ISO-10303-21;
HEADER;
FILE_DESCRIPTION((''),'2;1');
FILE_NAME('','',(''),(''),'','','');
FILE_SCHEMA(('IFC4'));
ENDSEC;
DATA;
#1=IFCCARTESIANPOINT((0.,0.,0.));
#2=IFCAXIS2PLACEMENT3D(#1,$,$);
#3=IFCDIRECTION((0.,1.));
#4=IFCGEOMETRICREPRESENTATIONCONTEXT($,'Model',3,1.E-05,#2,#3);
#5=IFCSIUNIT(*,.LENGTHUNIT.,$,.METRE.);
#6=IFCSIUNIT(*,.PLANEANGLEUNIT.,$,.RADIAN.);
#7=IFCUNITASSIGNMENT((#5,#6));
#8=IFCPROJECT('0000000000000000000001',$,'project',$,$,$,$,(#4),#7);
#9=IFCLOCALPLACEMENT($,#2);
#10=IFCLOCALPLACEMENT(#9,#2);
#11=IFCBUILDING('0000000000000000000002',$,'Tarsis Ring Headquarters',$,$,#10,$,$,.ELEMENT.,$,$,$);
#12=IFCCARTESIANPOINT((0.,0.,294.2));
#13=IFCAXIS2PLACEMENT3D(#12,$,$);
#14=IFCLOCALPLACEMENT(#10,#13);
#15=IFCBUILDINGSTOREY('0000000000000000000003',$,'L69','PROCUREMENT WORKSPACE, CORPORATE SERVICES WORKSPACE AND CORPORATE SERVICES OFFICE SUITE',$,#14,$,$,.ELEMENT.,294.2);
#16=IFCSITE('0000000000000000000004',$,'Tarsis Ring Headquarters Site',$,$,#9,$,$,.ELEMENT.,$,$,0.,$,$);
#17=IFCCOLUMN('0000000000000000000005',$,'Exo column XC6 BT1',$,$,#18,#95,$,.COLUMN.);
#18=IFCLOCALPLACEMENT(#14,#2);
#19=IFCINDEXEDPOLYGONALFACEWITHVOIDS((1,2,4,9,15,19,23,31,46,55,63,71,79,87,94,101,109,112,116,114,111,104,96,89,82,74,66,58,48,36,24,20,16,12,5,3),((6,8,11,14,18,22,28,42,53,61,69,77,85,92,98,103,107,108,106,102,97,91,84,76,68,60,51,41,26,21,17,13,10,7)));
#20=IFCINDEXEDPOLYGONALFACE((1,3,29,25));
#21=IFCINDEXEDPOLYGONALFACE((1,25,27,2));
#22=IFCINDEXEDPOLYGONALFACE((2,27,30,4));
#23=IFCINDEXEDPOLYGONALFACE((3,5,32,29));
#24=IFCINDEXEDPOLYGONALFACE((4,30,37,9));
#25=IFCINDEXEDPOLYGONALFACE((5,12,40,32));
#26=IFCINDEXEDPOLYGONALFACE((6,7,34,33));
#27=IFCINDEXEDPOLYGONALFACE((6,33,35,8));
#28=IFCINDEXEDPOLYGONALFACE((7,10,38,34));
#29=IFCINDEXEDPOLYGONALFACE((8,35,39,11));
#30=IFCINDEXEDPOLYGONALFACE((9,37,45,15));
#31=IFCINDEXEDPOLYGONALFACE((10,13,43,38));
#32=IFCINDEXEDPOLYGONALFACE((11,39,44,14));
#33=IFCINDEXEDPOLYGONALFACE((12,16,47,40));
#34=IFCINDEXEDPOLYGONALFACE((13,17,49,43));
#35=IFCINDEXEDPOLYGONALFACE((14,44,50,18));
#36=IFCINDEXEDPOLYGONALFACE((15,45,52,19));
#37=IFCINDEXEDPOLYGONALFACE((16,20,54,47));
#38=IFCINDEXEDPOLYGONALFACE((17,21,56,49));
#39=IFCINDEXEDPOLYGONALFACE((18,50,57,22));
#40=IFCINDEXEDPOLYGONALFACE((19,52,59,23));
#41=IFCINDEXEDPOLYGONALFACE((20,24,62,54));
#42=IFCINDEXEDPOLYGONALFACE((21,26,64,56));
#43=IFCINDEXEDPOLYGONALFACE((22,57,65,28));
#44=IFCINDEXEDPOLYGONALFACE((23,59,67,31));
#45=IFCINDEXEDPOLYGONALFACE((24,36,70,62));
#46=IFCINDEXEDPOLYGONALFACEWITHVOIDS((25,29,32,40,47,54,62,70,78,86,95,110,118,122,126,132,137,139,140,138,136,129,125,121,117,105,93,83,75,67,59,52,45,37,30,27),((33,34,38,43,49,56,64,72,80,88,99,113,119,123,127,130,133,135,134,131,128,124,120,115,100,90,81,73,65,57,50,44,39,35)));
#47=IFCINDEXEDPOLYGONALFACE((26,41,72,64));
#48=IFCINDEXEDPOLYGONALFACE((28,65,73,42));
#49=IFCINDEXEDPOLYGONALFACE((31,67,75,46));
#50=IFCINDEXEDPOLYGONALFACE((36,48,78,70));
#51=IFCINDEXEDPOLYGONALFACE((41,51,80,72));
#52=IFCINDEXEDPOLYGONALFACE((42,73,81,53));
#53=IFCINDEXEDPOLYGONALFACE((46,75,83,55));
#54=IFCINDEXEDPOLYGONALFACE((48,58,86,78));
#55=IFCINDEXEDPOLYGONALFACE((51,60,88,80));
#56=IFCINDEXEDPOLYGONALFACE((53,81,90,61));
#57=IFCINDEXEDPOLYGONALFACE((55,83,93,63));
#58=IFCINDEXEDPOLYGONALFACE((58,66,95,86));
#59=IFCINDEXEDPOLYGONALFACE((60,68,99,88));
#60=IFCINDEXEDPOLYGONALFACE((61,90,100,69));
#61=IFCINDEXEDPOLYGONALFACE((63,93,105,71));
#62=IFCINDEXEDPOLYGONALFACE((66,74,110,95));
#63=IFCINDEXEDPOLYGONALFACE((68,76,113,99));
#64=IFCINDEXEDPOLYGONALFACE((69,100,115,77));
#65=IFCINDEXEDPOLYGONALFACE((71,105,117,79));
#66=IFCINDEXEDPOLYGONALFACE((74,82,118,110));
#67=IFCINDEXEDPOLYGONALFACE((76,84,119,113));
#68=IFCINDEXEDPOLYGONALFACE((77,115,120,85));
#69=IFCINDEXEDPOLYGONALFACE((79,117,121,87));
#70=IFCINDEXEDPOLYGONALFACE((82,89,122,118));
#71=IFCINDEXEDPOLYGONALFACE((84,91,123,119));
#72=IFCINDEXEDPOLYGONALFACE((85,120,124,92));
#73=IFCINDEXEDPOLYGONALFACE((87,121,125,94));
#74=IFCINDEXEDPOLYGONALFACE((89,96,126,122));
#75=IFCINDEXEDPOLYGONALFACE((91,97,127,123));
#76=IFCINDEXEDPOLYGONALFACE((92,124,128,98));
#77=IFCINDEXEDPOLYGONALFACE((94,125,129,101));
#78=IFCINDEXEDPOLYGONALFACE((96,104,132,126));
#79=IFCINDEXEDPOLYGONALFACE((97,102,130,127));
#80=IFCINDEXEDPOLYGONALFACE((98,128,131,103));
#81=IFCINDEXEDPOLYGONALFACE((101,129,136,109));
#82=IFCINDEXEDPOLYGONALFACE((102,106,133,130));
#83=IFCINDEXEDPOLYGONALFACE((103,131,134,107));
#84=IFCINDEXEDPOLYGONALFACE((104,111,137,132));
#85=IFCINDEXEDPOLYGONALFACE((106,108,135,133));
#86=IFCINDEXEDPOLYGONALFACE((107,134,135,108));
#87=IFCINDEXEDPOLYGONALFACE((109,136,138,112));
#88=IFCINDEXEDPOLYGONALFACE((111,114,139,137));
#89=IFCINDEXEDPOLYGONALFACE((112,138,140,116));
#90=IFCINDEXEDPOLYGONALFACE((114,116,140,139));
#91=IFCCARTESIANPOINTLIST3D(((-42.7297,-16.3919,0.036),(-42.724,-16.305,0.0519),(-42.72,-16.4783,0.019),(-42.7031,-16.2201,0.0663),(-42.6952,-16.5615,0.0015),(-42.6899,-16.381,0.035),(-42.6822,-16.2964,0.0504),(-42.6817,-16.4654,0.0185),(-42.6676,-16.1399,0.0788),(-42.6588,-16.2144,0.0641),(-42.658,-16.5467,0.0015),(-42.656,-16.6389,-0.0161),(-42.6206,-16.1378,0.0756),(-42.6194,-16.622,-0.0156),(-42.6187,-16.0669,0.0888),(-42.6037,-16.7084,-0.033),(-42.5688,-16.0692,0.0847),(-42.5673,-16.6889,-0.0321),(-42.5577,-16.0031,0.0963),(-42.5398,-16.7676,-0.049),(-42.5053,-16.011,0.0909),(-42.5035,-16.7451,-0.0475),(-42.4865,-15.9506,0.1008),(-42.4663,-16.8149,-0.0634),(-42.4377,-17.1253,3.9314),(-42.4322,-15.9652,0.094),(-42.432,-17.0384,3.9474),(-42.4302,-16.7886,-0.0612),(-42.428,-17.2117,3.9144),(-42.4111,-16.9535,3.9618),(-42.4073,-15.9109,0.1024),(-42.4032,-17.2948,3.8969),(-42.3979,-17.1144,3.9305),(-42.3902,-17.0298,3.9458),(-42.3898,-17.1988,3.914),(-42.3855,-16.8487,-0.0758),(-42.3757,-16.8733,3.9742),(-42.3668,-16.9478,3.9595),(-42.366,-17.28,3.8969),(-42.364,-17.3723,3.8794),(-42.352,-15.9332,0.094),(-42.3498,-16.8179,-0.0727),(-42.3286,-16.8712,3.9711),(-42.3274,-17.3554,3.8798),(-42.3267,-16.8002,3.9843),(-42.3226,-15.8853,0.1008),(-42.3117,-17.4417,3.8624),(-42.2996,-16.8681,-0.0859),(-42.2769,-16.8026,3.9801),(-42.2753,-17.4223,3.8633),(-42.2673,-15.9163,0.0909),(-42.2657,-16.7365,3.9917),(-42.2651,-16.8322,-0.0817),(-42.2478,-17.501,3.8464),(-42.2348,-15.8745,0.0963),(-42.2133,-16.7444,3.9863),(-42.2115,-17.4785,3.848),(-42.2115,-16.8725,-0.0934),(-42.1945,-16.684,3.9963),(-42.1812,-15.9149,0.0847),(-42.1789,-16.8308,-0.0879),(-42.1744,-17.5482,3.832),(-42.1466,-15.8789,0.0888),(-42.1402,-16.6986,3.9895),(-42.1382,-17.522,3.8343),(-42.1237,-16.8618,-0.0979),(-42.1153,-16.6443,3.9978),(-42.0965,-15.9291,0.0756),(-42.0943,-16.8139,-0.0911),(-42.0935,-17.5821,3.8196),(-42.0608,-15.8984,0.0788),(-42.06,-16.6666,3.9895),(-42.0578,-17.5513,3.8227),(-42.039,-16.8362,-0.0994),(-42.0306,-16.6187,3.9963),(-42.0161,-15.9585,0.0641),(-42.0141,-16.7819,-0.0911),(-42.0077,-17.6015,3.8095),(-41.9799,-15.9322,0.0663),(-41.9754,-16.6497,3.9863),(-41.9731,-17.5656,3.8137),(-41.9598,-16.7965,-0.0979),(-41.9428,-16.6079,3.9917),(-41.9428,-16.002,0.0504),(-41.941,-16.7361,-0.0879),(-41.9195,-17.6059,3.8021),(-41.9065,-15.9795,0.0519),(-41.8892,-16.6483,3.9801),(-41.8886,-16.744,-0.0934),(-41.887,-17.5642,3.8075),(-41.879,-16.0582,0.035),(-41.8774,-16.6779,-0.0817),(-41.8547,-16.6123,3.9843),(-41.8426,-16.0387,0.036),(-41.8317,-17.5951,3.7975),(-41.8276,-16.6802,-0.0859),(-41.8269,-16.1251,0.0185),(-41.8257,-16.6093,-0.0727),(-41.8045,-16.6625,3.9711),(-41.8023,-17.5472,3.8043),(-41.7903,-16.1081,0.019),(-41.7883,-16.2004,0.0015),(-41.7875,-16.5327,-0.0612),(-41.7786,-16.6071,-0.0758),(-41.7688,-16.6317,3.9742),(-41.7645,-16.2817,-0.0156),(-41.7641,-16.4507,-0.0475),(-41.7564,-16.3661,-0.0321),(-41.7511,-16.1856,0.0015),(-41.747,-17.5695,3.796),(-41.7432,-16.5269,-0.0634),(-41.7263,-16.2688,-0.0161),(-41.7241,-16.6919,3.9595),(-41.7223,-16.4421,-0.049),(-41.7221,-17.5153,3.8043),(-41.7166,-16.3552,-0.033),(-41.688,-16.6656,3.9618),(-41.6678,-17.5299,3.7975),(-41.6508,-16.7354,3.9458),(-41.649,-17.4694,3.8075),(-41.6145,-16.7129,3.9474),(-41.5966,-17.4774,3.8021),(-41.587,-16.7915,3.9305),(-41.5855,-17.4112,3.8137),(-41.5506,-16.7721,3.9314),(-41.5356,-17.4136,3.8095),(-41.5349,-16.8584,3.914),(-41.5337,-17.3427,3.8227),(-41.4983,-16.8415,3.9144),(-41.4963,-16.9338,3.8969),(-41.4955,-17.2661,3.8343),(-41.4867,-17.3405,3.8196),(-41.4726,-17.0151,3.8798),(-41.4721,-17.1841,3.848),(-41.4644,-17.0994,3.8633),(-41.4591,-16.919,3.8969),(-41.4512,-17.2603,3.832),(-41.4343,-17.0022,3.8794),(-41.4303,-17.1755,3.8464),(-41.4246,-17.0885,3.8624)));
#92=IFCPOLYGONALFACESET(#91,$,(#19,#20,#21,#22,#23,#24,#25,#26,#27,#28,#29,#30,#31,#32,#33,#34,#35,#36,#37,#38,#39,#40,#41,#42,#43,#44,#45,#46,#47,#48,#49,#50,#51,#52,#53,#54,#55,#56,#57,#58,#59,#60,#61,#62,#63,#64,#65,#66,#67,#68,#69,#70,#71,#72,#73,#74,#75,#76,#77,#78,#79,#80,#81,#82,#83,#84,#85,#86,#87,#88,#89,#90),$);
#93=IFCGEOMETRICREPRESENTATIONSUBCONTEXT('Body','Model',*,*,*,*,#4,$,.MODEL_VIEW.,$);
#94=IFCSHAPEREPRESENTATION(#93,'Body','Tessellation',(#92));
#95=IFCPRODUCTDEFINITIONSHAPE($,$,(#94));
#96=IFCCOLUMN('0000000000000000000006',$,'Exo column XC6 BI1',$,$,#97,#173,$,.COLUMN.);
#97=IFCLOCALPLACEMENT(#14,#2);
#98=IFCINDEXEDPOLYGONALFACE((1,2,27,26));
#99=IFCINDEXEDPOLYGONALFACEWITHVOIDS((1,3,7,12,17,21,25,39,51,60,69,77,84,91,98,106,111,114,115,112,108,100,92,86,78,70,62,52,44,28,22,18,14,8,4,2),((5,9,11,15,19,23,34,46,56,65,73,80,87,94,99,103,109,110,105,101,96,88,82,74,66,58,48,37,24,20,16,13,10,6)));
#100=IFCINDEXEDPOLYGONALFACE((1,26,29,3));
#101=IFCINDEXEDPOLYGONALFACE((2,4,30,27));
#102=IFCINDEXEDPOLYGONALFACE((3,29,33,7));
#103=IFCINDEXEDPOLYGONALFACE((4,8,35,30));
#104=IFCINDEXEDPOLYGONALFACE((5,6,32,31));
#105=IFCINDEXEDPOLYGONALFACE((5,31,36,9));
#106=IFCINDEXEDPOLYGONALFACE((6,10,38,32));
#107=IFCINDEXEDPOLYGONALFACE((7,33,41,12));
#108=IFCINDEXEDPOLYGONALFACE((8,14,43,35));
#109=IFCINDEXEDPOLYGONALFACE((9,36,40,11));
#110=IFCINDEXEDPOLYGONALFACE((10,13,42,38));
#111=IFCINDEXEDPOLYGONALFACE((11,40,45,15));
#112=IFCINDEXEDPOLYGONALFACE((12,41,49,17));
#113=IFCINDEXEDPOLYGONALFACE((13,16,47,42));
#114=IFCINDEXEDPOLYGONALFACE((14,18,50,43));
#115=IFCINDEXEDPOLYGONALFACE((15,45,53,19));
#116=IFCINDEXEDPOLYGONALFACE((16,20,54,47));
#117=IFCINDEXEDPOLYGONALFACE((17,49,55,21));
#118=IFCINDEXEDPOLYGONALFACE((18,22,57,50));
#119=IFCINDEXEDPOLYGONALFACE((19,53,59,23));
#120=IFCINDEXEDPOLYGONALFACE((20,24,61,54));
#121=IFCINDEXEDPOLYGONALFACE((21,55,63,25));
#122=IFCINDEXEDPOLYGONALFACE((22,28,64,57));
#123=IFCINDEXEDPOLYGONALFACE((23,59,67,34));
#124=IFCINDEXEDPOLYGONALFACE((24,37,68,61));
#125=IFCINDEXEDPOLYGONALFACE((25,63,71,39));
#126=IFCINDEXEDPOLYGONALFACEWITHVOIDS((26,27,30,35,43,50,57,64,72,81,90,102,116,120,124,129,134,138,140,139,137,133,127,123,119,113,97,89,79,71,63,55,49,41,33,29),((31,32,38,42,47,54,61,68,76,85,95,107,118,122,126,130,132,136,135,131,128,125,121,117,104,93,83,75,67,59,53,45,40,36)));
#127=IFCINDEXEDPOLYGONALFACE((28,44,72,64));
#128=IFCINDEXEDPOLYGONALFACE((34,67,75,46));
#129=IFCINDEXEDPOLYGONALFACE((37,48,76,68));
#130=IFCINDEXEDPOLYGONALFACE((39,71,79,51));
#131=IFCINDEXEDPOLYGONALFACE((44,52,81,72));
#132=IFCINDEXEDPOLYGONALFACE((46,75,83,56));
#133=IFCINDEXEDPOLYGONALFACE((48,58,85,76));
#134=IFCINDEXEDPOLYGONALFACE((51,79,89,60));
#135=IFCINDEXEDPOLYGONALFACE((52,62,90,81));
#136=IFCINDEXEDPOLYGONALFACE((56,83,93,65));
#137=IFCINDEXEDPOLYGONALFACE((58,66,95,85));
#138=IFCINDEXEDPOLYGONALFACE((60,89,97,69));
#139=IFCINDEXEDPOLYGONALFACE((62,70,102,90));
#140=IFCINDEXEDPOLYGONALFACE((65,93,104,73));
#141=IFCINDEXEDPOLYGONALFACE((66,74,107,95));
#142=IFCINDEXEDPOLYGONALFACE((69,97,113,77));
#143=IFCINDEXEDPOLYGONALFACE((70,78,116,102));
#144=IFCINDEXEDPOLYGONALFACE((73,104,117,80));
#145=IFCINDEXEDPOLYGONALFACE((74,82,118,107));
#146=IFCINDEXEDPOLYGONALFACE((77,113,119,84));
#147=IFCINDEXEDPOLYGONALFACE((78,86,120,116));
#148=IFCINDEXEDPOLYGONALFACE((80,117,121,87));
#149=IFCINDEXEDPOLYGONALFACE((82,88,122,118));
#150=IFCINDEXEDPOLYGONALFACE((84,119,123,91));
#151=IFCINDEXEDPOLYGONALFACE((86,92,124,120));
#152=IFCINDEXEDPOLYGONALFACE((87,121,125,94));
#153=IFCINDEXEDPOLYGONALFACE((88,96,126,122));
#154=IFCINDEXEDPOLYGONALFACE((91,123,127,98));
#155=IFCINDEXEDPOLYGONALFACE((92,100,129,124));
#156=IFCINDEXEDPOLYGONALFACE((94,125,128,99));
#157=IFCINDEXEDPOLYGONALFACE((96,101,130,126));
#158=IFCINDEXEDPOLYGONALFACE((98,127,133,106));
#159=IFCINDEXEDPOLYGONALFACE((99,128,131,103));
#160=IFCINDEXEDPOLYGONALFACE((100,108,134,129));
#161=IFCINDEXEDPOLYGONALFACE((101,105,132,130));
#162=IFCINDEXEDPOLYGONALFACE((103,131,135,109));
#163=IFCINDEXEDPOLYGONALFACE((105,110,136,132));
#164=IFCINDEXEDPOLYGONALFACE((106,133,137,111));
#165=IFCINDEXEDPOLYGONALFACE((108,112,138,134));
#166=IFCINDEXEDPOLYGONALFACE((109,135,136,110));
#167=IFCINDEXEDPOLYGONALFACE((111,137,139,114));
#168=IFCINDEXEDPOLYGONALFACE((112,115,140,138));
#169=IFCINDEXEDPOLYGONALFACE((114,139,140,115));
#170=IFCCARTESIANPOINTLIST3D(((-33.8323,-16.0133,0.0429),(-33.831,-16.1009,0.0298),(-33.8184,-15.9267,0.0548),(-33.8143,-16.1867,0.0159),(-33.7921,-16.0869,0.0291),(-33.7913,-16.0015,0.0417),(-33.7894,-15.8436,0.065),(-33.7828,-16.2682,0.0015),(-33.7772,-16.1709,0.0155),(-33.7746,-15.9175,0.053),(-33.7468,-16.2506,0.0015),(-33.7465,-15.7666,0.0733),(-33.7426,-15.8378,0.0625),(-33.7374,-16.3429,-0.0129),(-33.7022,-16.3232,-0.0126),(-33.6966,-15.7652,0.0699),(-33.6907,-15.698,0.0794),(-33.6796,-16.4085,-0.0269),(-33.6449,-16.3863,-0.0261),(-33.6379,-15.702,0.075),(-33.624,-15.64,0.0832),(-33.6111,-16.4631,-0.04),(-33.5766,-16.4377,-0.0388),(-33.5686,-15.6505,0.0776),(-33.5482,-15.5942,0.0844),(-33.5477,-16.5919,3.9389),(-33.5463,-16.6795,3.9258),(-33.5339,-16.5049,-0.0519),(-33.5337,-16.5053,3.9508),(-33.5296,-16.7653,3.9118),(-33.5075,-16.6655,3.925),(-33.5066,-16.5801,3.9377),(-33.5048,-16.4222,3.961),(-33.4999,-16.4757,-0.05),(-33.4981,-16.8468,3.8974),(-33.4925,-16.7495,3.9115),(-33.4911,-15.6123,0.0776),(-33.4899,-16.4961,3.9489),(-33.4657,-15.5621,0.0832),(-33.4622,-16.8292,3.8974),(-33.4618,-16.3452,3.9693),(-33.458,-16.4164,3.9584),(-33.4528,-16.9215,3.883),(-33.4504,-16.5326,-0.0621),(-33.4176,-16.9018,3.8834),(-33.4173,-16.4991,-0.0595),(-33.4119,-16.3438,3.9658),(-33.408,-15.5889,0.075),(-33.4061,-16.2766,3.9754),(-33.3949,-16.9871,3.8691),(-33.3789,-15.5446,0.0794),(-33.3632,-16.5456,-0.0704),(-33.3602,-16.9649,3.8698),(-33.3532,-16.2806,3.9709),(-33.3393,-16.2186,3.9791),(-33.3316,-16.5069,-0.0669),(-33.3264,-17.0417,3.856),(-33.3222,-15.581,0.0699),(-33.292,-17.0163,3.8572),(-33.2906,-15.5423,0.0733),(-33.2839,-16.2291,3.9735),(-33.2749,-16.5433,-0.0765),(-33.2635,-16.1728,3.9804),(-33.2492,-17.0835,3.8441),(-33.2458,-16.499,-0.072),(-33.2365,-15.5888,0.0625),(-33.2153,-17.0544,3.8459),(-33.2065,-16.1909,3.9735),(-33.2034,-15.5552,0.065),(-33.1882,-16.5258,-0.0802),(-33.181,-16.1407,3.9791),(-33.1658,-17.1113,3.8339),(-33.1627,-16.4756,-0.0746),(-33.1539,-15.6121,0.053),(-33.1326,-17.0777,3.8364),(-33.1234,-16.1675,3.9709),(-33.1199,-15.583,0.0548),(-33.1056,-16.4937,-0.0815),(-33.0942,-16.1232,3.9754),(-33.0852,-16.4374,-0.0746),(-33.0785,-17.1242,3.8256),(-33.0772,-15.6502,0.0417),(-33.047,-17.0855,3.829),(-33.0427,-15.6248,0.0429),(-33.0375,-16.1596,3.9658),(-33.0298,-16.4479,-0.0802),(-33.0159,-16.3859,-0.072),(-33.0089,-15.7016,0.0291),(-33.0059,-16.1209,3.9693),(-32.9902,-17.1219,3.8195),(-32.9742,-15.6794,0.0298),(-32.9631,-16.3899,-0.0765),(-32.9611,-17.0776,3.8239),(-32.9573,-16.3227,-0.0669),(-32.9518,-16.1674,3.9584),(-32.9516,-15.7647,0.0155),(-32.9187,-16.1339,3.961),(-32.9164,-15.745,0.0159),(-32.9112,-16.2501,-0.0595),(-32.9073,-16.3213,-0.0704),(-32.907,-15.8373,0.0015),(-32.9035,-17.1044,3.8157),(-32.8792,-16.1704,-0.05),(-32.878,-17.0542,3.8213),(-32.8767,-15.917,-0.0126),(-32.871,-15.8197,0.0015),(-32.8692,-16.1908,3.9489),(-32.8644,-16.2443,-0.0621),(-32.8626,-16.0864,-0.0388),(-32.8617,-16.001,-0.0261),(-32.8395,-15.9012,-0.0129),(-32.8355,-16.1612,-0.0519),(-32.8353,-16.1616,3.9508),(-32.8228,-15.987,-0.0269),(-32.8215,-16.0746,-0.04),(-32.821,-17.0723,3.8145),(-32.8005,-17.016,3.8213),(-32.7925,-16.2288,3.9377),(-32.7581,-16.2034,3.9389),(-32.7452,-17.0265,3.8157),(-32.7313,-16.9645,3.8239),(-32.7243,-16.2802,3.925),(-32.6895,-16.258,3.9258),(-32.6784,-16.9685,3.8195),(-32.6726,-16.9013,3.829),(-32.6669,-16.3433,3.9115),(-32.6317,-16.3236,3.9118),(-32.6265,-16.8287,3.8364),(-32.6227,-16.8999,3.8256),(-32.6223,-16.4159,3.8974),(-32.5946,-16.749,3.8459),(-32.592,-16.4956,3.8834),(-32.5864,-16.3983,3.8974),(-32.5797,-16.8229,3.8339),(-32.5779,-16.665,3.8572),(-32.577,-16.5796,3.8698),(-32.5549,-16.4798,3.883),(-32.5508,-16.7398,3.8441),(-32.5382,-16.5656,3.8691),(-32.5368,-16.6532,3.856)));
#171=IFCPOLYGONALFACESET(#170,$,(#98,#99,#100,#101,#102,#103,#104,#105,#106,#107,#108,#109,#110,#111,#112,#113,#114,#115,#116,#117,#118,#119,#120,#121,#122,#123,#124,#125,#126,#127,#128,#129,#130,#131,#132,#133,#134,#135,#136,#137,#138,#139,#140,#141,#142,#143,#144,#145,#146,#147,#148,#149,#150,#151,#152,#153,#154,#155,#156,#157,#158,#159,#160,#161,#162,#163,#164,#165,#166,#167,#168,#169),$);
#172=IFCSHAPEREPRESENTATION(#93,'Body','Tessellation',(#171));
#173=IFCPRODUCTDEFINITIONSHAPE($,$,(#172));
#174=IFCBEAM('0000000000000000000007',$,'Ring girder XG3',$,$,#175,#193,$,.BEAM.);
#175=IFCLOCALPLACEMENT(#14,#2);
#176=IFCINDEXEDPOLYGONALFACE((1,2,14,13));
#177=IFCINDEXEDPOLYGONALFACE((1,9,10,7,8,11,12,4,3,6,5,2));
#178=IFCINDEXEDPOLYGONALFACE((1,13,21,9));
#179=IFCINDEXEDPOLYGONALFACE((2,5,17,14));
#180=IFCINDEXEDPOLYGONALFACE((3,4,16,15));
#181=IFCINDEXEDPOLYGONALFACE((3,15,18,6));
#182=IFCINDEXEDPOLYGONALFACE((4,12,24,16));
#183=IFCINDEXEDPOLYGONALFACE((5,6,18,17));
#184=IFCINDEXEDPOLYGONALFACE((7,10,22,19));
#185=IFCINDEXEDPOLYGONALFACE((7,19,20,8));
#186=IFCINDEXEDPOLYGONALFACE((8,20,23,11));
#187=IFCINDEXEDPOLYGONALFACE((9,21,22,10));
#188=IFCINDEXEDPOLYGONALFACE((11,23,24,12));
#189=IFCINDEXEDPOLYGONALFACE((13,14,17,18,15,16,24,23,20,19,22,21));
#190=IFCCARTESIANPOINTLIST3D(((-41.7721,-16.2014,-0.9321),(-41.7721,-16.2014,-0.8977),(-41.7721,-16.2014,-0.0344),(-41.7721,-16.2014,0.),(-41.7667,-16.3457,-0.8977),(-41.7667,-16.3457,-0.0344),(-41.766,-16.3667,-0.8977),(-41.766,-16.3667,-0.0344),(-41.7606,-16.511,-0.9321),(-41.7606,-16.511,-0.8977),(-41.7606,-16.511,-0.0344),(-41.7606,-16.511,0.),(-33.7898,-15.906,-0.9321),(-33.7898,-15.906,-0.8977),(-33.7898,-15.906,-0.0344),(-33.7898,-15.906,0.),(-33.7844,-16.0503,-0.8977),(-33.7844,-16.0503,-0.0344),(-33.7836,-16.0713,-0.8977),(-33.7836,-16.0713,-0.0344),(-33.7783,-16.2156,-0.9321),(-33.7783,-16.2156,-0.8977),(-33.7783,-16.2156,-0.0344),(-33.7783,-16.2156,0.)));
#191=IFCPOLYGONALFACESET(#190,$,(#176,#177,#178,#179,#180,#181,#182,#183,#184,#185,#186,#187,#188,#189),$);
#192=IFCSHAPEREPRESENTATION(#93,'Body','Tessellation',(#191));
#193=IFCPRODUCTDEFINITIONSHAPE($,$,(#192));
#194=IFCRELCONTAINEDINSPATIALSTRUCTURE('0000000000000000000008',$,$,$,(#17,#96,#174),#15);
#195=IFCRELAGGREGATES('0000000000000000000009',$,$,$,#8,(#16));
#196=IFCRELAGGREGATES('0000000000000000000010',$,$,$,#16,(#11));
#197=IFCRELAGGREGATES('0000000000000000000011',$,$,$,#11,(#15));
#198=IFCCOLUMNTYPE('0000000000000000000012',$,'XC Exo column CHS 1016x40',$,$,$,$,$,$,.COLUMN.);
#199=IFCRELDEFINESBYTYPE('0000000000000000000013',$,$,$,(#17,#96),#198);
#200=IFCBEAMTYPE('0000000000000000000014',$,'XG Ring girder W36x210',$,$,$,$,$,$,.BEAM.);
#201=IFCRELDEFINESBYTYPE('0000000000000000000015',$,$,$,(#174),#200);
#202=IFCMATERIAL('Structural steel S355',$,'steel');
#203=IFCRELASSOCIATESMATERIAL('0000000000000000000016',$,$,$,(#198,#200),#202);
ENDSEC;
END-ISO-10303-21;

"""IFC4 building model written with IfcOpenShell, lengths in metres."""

from ifc_helpers import new_model, si_unit, direction, frame, origin, origin_2d, place, context, subcontext, project, spatial, hollow_circle, i_section, extrude, material, material_profile, profile_set, type_object, element, save


model = new_model("IFC4")

# Units and contexts
model_context = context("Model", 3, precision=1e-05, world=origin(), true_north=direction((0.0, 1.0)))
body_context = subcontext(model_context, "Body", "Model", "MODEL_VIEW")
ifc_project = project(units=[si_unit("LENGTHUNIT", "METRE"), si_unit("PLANEANGLEUNIT", "RADIAN")], contexts=[model_context])

# Site, building, storey
site_placement = place(None, origin())
site = spatial("IfcSite", under=ifc_project, at=site_placement, Name="Tarsis Ring Headquarters Site", CompositionType="ELEMENT", RefElevation=0.0)
building_placement = place(site_placement, origin())
building = spatial("IfcBuilding", under=site, at=building_placement, Name="Tarsis Ring Headquarters", CompositionType="ELEMENT")
storey_placement = place(building_placement, frame((0.0, 0.0, 294.2)))
storey = spatial("IfcBuildingStorey", under=building, at=storey_placement, Name="L69", Description="PROCUREMENT WORKSPACE, CORPORATE SERVICES WORKSPACE AND CORPORATE SERVICES OFFICE SUITE", CompositionType="ELEMENT", Elevation=294.2)

# Columns
ifc_material_1 = material(Name="Structural steel S355", Category="steel")
ifc_material_profile_1 = material_profile(ifc_material_1, hollow_circle(Radius=0.5081, WallThickness=0.04, at=origin_2d()), Name="CHS 1016x40")
ifc_profile_set_1 = profile_set([ifc_material_profile_1], Name="Structural steel S355")
column_type = type_object("IfcColumnType", Name="XC Exo column CHS 1016x40", PredefinedType="COLUMN", material=ifc_profile_set_1)
column_1_placement = place(storey_placement, frame((-42.2231, -16.3735, 0.0015), z_axis=(0.073463, -0.184517, 0.98008), x_axis=(0.929073, 0.369897, 0.0)))
element("IfcColumn", 1, at=column_1_placement, inside=storey, type_object=column_type, Name="Exo column XC6 BT1", PredefinedType="COLUMN", context=body_context, shape_type="SweptSolid", body=[
    extrude(hollow_circle(Radius=0.5081, WallThickness=0.04, at=origin_2d()), origin(), (0.0, 0.0, 1.0), 3.9746),
])
column_2_placement = place(storey_placement, frame((-33.3269, -16.0439, 0.0015), z_axis=(0.072086, -0.146521, 0.986577), x_axis=(0.897286, 0.44145, 0.0)))
element("IfcColumn", 2, at=column_2_placement, inside=storey, type_object=column_type, Name="Exo column XC6 BI1", PredefinedType="COLUMN", context=body_context, shape_type="SweptSolid", body=[
    extrude(hollow_circle(Radius=0.5081, WallThickness=0.04, at=origin_2d()), origin(), (0.0, 0.0, 1.0), 3.949),
])

# Beam
ifc_material_profile_2 = material_profile(ifc_material_1, i_section(OverallWidth=0.3098, OverallDepth=0.9321, WebThickness=0.021, FlangeThickness=0.0344, at=origin_2d()), Name="W36x210")
ifc_profile_set_2 = profile_set([ifc_material_profile_2], Name="Structural steel S355")
beam_type = type_object("IfcBeamType", Name="XG Ring girder W36x210", PredefinedType="BEAM", material=ifc_profile_set_2)
for number, where, z_axis, x_axis, name in (
    (3, (-41.7664, -16.3562, -0.4661), (0.999316, 0.036982, 0.0), (-0.036982, 0.999316, 0.0), "Ring girder XG3"),
):
    element("IfcBeam", number, at=place(storey_placement, frame(where, z_axis=z_axis, x_axis=x_axis)), inside=storey, type_object=beam_type, Name=name, PredefinedType="BEAM", context=body_context, shape_type="SweptSolid", body=[
        extrude(i_section(OverallWidth=0.3098, OverallDepth=0.9321, WebThickness=0.021, FlangeThickness=0.0344, at=origin_2d()), origin(), (0.0, 0.0, 1.0), 7.9878),
    ])

save(model, "model.ifc")
